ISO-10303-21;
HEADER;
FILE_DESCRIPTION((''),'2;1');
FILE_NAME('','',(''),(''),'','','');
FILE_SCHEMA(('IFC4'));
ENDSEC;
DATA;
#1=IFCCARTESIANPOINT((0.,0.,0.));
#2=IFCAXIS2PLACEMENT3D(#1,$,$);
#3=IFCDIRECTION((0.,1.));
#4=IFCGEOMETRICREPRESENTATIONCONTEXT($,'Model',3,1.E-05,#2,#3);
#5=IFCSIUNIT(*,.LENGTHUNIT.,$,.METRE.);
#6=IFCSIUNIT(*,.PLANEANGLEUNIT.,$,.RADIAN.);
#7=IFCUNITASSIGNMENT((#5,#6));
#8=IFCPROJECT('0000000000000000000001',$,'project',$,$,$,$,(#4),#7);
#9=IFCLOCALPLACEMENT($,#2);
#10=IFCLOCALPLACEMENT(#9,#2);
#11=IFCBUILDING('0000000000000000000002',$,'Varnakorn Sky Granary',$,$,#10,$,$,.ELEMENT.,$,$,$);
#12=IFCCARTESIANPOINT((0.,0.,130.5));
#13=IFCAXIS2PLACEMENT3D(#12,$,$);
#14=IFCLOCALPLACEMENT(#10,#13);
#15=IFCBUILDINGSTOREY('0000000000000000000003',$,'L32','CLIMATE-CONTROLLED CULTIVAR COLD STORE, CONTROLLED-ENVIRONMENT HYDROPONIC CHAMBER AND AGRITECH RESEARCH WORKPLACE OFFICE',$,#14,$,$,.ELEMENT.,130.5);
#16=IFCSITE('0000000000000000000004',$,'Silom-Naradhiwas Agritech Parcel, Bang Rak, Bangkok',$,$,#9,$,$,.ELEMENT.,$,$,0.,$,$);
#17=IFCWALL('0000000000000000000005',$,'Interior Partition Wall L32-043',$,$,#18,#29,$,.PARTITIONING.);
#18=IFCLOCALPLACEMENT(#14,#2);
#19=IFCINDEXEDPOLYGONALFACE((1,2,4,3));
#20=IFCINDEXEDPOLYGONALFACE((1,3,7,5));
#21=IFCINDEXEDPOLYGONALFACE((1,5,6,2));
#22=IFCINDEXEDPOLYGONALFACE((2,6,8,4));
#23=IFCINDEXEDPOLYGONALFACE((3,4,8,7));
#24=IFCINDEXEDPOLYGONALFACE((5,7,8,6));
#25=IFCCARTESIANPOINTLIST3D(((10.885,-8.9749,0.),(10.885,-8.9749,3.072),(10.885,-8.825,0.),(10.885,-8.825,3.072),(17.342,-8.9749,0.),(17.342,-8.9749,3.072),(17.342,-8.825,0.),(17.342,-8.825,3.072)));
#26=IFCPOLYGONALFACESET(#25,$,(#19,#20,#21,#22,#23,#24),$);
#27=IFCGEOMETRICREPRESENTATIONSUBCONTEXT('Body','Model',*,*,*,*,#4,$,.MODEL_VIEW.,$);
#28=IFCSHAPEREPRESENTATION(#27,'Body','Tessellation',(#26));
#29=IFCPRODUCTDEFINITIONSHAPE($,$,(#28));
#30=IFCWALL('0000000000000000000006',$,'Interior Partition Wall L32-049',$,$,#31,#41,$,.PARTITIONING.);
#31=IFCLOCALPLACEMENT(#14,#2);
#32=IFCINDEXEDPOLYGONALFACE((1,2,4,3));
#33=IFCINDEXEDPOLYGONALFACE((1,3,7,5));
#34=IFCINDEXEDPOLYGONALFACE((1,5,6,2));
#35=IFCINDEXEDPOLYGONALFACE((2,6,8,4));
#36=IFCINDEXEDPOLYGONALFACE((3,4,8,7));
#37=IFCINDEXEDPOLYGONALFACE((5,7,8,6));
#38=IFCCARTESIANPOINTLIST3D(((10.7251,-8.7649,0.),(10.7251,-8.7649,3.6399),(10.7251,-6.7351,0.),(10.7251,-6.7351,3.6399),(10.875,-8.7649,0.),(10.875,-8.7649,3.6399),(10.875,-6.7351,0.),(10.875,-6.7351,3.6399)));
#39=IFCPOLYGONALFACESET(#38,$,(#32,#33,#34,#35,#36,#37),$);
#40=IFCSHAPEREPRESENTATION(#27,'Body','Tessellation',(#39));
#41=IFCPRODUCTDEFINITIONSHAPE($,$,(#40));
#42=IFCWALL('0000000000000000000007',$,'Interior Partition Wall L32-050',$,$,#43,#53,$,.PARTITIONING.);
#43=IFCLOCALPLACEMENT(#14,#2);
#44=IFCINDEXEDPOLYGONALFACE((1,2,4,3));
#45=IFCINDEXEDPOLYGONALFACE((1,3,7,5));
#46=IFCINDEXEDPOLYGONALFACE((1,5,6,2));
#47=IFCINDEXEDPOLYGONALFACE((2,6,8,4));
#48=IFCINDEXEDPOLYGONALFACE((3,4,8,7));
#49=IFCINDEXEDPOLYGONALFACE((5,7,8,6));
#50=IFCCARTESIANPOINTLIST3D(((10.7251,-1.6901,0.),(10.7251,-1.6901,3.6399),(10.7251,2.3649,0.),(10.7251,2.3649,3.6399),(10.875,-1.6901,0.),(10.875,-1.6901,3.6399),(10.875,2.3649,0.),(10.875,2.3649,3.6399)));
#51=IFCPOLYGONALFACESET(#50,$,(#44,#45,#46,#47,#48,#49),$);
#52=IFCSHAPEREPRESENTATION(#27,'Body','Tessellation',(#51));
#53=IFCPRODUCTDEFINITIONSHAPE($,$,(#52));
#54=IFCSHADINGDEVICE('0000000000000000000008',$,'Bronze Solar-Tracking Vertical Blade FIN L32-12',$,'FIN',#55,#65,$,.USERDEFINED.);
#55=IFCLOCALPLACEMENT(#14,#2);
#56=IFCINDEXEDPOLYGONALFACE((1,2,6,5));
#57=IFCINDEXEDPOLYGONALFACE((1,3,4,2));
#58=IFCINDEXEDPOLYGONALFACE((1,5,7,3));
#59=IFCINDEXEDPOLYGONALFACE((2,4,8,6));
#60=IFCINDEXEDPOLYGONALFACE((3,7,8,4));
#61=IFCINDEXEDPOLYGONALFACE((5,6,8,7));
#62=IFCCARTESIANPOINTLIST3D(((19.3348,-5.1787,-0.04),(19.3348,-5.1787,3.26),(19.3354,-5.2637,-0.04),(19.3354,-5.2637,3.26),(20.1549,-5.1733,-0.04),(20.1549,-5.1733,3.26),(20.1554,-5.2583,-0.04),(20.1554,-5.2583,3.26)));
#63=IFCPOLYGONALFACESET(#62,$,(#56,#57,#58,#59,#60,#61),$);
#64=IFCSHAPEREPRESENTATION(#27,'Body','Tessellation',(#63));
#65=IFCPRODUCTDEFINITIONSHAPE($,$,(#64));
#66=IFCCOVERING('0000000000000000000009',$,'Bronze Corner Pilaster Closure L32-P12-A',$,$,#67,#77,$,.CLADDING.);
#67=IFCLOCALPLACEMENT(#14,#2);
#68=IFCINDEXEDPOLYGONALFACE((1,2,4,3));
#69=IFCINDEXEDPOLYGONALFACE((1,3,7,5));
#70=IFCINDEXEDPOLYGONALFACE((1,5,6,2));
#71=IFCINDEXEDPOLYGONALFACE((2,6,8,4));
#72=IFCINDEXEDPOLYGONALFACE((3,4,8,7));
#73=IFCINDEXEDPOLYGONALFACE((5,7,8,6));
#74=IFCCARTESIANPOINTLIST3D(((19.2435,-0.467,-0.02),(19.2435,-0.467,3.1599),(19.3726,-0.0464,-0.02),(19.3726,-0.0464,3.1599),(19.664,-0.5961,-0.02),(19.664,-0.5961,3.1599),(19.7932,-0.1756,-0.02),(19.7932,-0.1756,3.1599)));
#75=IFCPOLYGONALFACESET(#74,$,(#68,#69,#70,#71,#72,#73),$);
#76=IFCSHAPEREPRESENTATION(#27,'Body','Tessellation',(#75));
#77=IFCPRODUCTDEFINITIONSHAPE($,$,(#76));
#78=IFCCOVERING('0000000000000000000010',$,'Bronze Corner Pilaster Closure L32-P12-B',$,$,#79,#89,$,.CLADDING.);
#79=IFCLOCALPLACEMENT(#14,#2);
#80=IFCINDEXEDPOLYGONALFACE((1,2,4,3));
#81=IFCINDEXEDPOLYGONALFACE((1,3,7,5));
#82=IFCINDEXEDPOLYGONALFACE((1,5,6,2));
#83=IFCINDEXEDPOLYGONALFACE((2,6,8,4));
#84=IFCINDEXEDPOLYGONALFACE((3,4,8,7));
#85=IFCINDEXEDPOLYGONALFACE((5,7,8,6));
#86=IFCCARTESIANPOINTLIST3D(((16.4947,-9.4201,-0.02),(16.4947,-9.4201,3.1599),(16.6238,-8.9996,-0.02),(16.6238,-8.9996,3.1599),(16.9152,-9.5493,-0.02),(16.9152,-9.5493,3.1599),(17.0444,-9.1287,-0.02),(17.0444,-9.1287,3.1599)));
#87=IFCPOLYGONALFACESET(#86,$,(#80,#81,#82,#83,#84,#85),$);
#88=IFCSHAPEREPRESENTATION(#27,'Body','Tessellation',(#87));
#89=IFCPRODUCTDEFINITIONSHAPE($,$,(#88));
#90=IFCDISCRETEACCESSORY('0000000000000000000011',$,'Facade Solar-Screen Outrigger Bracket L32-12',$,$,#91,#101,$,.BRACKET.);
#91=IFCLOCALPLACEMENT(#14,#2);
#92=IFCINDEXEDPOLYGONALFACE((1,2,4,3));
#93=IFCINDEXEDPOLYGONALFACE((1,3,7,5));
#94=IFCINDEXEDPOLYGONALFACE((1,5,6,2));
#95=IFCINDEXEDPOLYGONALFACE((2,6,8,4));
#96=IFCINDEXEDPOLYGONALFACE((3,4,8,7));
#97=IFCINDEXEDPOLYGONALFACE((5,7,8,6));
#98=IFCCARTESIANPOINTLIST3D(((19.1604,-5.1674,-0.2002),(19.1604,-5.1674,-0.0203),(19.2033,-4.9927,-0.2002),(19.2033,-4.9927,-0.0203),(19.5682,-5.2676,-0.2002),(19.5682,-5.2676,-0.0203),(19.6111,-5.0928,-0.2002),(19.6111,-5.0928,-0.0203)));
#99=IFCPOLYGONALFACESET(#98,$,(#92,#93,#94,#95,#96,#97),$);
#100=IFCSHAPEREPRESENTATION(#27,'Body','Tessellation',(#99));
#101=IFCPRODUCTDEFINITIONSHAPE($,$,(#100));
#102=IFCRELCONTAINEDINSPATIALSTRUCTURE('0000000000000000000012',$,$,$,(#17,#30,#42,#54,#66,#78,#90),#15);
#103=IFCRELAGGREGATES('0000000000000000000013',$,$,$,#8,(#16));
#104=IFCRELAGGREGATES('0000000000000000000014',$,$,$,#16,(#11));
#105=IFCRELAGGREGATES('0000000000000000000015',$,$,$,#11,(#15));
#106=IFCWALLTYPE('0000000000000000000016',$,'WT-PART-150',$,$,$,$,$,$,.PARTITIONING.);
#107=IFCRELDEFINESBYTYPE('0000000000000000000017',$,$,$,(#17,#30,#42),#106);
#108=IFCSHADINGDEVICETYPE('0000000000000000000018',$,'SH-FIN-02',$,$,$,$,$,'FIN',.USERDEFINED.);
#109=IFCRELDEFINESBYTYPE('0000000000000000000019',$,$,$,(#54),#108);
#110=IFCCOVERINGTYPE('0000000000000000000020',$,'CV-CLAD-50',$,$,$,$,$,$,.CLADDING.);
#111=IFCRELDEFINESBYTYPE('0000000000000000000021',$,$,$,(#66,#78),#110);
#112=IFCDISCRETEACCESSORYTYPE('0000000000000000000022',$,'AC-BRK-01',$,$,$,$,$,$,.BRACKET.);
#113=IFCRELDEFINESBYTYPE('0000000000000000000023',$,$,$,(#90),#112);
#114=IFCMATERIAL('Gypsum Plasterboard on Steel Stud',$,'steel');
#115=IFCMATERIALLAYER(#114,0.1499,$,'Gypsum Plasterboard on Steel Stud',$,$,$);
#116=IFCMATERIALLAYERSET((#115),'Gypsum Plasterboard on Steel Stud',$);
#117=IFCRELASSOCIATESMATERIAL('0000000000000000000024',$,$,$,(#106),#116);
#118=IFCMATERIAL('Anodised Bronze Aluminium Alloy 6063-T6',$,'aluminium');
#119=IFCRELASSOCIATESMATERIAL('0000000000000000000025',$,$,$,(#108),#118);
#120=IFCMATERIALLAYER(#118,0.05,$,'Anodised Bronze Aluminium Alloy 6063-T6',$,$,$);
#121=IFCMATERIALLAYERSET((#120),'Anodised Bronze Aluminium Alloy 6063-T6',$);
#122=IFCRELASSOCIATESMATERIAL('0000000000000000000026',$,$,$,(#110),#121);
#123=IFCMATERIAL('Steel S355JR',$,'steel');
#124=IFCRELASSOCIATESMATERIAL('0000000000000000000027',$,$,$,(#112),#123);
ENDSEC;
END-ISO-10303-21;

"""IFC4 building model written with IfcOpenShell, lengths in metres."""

from ifc_helpers import new_model, si_unit, direction, frame, frame_2d, origin, origin_2d, place, context, subcontext, project, spatial, rectangle, extrude, source, transform, mapped, material, layer, layer_set, type_object, type_shapes, element, save


model = new_model("IFC4")

# Units and contexts
model_context = context("Model", 3, precision=1e-05, world=origin(), true_north=direction((0.0, 1.0)))
body_context = subcontext(model_context, "Body", "Model", "MODEL_VIEW")
ifc_project = project(units=[si_unit("LENGTHUNIT", "METRE"), si_unit("PLANEANGLEUNIT", "RADIAN")], contexts=[model_context])

# Site, building, storey
site_placement = place(None, origin())
site = spatial("IfcSite", under=ifc_project, at=site_placement, Name="Silom-Naradhiwas Agritech Parcel, Bang Rak, Bangkok", CompositionType="ELEMENT", RefElevation=0.0)
building_placement = place(site_placement, origin())
building = spatial("IfcBuilding", under=site, at=building_placement, Name="Varnakorn Sky Granary", CompositionType="ELEMENT")
storey_placement = place(building_placement, frame((0.0, 0.0, 130.5)))
storey = spatial("IfcBuildingStorey", under=building, at=storey_placement, Name="L32", Description="CLIMATE-CONTROLLED CULTIVAR COLD STORE, CONTROLLED-ENVIRONMENT HYDROPONIC CHAMBER AND AGRITECH RESEARCH WORKPLACE OFFICE", CompositionType="ELEMENT", Elevation=130.5)

# Shared definitions
ifc_material_1 = material(Name="Steel S355JR", Category="steel")

# Shared definitions
ifc_material_2 = material(Name="Anodised Bronze Aluminium Alloy 6063-T6", Category="aluminium")

# Shared definitions
ifc_material_3 = material(Name="Gypsum Plasterboard on Steel Stud", Category="steel")
ifc_layer_1 = layer(ifc_material_3, 0.1499, Name="Gypsum Plasterboard on Steel Stud")
ifc_layer_set_1 = layer_set([ifc_layer_1], Name="Gypsum Plasterboard on Steel Stud")
wall_type_1 = type_object("IfcWallType", Name="WT-PART-150", PredefinedType="PARTITIONING", material=ifc_layer_set_1)

# Walls
wall_1_placement = place(storey_placement, frame((10.885, -8.8999, 0.0), z_axis=(0.0, 0.0, 1.0), x_axis=(1.0, 0.0, 0.0)))
element("IfcWall", 1, at=wall_1_placement, inside=storey, type_object=wall_type_1, Name="Interior Partition Wall L32-043", PredefinedType="PARTITIONING", context=body_context, shape_type="SweptSolid", body=[
    extrude(rectangle(XDim=6.457, YDim=0.1499, at=frame_2d((3.2285, 0.0))), origin(), (0.0, 0.0, 1.0), 3.072),
])
wall_2_placement = place(storey_placement, frame((10.8, -8.7649, 0.0), z_axis=(0.0, 0.0, 1.0), x_axis=(0.0, 1.0, 0.0)))
element("IfcWall", 2, at=wall_2_placement, inside=storey, type_object=wall_type_1, Name="Interior Partition Wall L32-049", PredefinedType="PARTITIONING", context=body_context, shape_type="SweptSolid", body=[
    extrude(rectangle(XDim=2.0298, YDim=0.1499, at=frame_2d((1.0149, 0.0))), origin(), (0.0, 0.0, 1.0), 3.6399),
])
wall_3_placement = place(storey_placement, frame((10.8, -1.6899, 0.0), z_axis=(0.0, 0.0, 1.0), x_axis=(0.0, 1.0, 0.0)))
element("IfcWall", 3, at=wall_3_placement, inside=storey, type_object=wall_type_1, Name="Interior Partition Wall L32-050", PredefinedType="PARTITIONING", context=body_context, shape_type="SweptSolid", body=[
    extrude(rectangle(XDim=4.0549, YDim=0.1499, at=frame_2d((2.0273, 0.0))), origin(), (0.0, 0.0, 1.0), 3.6399),
])

# Shading device
shading_device_type = type_object("IfcShadingDeviceType", Name="SH-FIN-02", ElementType="FIN", PredefinedType="USERDEFINED", material=ifc_material_2)
shared_shape_1 = source(origin(), body_context, "Body", "SweptSolid", [
    extrude(rectangle(XDim=0.085, YDim=0.8201, at=origin_2d()), origin(), (0.0, 0.0, 1.0), 3.3),
])
type_shapes(shading_device_type, [shared_shape_1])
shading_device_placement = place(storey_placement, frame((19.7451, -5.2185, -0.04), z_axis=(0.0, 0.0, 1.0), x_axis=(-0.006609, 0.999978, 0.0)))
element("IfcShadingDevice", 4, at=shading_device_placement, inside=storey, type_object=shading_device_type, Name="Bronze Solar-Tracking Vertical Blade FIN L32-12", ObjectType="FIN", PredefinedType="USERDEFINED", context=body_context, shape_type="MappedRepresentation", body=[
    mapped(shared_shape_1, transform((0.0, 0.0, 0.0), x_axis=(1.0, 0.0, 0.0), y_axis=(0.0, 1.0, 0.0), z_axis=(0.0, 0.0, 1.0), scale=1.0)),
])

# Coverings
ifc_layer_2 = layer(ifc_material_2, 0.05, Name="Anodised Bronze Aluminium Alloy 6063-T6")
ifc_layer_set_2 = layer_set([ifc_layer_2], Name="Anodised Bronze Aluminium Alloy 6063-T6")
covering_type = type_object("IfcCoveringType", Name="CV-CLAD-50", PredefinedType="CLADDING", material=ifc_layer_set_2)
shared_shape_2 = source(origin(), body_context, "Body", "SweptSolid", [
    extrude(rectangle(XDim=0.4399, YDim=0.4399, at=origin_2d()), origin(), (0.0, 0.0, 1.0), 3.1799),
])
type_shapes(covering_type, [shared_shape_2])
for number, where, z_axis, x_axis, name in (
    (5, (19.5183, -0.3213, -0.02), (0.0, 0.0, 1.0), (-0.29354, -0.955947, 0.0), "Bronze Corner Pilaster Closure L32-P12-A"),
    (6, (16.7695, -9.2744, -0.02), (0.0, 0.0, 1.0), (-0.29354, -0.955947, 0.0), "Bronze Corner Pilaster Closure L32-P12-B"),
):
    element("IfcCovering", number, at=place(storey_placement, frame(where, z_axis=z_axis, x_axis=x_axis)), inside=storey, type_object=covering_type, Name=name, PredefinedType="CLADDING", context=body_context, shape_type="MappedRepresentation", body=[
        mapped(shared_shape_2, transform((0.0, 0.0, 0.0), x_axis=(1.0, 0.0, 0.0), y_axis=(0.0, 1.0, 0.0), z_axis=(0.0, 0.0, 1.0), scale=1.0)),
    ])

# Discrete accessory
discrete_accessory_type = type_object("IfcDiscreteAccessoryType", Name="AC-BRK-01", PredefinedType="BRACKET", material=ifc_material_1)
shared_shape_3 = source(origin(), body_context, "Body", "SweptSolid", [
    extrude(rectangle(XDim=0.1799, YDim=0.4199, at=origin_2d()), origin(), (0.0, 0.0, 1.0), 0.1799),
])
type_shapes(discrete_accessory_type, [shared_shape_3])
discrete_accessory_placement = place(storey_placement, frame((19.3857, -5.1301, -0.2002), z_axis=(0.0, 0.0, 1.0), x_axis=(0.238541, 0.971132, 0.0)))
element("IfcDiscreteAccessory", 7, at=discrete_accessory_placement, inside=storey, type_object=discrete_accessory_type, Name="Facade Solar-Screen Outrigger Bracket L32-12", PredefinedType="BRACKET", context=body_context, shape_type="MappedRepresentation", body=[
    mapped(shared_shape_3, transform((0.0, 0.0, 0.0), x_axis=(1.0, 0.0, 0.0), y_axis=(0.0, 1.0, 0.0), z_axis=(0.0, 0.0, 1.0), scale=1.0)),
])

save(model, "model.ifc")
